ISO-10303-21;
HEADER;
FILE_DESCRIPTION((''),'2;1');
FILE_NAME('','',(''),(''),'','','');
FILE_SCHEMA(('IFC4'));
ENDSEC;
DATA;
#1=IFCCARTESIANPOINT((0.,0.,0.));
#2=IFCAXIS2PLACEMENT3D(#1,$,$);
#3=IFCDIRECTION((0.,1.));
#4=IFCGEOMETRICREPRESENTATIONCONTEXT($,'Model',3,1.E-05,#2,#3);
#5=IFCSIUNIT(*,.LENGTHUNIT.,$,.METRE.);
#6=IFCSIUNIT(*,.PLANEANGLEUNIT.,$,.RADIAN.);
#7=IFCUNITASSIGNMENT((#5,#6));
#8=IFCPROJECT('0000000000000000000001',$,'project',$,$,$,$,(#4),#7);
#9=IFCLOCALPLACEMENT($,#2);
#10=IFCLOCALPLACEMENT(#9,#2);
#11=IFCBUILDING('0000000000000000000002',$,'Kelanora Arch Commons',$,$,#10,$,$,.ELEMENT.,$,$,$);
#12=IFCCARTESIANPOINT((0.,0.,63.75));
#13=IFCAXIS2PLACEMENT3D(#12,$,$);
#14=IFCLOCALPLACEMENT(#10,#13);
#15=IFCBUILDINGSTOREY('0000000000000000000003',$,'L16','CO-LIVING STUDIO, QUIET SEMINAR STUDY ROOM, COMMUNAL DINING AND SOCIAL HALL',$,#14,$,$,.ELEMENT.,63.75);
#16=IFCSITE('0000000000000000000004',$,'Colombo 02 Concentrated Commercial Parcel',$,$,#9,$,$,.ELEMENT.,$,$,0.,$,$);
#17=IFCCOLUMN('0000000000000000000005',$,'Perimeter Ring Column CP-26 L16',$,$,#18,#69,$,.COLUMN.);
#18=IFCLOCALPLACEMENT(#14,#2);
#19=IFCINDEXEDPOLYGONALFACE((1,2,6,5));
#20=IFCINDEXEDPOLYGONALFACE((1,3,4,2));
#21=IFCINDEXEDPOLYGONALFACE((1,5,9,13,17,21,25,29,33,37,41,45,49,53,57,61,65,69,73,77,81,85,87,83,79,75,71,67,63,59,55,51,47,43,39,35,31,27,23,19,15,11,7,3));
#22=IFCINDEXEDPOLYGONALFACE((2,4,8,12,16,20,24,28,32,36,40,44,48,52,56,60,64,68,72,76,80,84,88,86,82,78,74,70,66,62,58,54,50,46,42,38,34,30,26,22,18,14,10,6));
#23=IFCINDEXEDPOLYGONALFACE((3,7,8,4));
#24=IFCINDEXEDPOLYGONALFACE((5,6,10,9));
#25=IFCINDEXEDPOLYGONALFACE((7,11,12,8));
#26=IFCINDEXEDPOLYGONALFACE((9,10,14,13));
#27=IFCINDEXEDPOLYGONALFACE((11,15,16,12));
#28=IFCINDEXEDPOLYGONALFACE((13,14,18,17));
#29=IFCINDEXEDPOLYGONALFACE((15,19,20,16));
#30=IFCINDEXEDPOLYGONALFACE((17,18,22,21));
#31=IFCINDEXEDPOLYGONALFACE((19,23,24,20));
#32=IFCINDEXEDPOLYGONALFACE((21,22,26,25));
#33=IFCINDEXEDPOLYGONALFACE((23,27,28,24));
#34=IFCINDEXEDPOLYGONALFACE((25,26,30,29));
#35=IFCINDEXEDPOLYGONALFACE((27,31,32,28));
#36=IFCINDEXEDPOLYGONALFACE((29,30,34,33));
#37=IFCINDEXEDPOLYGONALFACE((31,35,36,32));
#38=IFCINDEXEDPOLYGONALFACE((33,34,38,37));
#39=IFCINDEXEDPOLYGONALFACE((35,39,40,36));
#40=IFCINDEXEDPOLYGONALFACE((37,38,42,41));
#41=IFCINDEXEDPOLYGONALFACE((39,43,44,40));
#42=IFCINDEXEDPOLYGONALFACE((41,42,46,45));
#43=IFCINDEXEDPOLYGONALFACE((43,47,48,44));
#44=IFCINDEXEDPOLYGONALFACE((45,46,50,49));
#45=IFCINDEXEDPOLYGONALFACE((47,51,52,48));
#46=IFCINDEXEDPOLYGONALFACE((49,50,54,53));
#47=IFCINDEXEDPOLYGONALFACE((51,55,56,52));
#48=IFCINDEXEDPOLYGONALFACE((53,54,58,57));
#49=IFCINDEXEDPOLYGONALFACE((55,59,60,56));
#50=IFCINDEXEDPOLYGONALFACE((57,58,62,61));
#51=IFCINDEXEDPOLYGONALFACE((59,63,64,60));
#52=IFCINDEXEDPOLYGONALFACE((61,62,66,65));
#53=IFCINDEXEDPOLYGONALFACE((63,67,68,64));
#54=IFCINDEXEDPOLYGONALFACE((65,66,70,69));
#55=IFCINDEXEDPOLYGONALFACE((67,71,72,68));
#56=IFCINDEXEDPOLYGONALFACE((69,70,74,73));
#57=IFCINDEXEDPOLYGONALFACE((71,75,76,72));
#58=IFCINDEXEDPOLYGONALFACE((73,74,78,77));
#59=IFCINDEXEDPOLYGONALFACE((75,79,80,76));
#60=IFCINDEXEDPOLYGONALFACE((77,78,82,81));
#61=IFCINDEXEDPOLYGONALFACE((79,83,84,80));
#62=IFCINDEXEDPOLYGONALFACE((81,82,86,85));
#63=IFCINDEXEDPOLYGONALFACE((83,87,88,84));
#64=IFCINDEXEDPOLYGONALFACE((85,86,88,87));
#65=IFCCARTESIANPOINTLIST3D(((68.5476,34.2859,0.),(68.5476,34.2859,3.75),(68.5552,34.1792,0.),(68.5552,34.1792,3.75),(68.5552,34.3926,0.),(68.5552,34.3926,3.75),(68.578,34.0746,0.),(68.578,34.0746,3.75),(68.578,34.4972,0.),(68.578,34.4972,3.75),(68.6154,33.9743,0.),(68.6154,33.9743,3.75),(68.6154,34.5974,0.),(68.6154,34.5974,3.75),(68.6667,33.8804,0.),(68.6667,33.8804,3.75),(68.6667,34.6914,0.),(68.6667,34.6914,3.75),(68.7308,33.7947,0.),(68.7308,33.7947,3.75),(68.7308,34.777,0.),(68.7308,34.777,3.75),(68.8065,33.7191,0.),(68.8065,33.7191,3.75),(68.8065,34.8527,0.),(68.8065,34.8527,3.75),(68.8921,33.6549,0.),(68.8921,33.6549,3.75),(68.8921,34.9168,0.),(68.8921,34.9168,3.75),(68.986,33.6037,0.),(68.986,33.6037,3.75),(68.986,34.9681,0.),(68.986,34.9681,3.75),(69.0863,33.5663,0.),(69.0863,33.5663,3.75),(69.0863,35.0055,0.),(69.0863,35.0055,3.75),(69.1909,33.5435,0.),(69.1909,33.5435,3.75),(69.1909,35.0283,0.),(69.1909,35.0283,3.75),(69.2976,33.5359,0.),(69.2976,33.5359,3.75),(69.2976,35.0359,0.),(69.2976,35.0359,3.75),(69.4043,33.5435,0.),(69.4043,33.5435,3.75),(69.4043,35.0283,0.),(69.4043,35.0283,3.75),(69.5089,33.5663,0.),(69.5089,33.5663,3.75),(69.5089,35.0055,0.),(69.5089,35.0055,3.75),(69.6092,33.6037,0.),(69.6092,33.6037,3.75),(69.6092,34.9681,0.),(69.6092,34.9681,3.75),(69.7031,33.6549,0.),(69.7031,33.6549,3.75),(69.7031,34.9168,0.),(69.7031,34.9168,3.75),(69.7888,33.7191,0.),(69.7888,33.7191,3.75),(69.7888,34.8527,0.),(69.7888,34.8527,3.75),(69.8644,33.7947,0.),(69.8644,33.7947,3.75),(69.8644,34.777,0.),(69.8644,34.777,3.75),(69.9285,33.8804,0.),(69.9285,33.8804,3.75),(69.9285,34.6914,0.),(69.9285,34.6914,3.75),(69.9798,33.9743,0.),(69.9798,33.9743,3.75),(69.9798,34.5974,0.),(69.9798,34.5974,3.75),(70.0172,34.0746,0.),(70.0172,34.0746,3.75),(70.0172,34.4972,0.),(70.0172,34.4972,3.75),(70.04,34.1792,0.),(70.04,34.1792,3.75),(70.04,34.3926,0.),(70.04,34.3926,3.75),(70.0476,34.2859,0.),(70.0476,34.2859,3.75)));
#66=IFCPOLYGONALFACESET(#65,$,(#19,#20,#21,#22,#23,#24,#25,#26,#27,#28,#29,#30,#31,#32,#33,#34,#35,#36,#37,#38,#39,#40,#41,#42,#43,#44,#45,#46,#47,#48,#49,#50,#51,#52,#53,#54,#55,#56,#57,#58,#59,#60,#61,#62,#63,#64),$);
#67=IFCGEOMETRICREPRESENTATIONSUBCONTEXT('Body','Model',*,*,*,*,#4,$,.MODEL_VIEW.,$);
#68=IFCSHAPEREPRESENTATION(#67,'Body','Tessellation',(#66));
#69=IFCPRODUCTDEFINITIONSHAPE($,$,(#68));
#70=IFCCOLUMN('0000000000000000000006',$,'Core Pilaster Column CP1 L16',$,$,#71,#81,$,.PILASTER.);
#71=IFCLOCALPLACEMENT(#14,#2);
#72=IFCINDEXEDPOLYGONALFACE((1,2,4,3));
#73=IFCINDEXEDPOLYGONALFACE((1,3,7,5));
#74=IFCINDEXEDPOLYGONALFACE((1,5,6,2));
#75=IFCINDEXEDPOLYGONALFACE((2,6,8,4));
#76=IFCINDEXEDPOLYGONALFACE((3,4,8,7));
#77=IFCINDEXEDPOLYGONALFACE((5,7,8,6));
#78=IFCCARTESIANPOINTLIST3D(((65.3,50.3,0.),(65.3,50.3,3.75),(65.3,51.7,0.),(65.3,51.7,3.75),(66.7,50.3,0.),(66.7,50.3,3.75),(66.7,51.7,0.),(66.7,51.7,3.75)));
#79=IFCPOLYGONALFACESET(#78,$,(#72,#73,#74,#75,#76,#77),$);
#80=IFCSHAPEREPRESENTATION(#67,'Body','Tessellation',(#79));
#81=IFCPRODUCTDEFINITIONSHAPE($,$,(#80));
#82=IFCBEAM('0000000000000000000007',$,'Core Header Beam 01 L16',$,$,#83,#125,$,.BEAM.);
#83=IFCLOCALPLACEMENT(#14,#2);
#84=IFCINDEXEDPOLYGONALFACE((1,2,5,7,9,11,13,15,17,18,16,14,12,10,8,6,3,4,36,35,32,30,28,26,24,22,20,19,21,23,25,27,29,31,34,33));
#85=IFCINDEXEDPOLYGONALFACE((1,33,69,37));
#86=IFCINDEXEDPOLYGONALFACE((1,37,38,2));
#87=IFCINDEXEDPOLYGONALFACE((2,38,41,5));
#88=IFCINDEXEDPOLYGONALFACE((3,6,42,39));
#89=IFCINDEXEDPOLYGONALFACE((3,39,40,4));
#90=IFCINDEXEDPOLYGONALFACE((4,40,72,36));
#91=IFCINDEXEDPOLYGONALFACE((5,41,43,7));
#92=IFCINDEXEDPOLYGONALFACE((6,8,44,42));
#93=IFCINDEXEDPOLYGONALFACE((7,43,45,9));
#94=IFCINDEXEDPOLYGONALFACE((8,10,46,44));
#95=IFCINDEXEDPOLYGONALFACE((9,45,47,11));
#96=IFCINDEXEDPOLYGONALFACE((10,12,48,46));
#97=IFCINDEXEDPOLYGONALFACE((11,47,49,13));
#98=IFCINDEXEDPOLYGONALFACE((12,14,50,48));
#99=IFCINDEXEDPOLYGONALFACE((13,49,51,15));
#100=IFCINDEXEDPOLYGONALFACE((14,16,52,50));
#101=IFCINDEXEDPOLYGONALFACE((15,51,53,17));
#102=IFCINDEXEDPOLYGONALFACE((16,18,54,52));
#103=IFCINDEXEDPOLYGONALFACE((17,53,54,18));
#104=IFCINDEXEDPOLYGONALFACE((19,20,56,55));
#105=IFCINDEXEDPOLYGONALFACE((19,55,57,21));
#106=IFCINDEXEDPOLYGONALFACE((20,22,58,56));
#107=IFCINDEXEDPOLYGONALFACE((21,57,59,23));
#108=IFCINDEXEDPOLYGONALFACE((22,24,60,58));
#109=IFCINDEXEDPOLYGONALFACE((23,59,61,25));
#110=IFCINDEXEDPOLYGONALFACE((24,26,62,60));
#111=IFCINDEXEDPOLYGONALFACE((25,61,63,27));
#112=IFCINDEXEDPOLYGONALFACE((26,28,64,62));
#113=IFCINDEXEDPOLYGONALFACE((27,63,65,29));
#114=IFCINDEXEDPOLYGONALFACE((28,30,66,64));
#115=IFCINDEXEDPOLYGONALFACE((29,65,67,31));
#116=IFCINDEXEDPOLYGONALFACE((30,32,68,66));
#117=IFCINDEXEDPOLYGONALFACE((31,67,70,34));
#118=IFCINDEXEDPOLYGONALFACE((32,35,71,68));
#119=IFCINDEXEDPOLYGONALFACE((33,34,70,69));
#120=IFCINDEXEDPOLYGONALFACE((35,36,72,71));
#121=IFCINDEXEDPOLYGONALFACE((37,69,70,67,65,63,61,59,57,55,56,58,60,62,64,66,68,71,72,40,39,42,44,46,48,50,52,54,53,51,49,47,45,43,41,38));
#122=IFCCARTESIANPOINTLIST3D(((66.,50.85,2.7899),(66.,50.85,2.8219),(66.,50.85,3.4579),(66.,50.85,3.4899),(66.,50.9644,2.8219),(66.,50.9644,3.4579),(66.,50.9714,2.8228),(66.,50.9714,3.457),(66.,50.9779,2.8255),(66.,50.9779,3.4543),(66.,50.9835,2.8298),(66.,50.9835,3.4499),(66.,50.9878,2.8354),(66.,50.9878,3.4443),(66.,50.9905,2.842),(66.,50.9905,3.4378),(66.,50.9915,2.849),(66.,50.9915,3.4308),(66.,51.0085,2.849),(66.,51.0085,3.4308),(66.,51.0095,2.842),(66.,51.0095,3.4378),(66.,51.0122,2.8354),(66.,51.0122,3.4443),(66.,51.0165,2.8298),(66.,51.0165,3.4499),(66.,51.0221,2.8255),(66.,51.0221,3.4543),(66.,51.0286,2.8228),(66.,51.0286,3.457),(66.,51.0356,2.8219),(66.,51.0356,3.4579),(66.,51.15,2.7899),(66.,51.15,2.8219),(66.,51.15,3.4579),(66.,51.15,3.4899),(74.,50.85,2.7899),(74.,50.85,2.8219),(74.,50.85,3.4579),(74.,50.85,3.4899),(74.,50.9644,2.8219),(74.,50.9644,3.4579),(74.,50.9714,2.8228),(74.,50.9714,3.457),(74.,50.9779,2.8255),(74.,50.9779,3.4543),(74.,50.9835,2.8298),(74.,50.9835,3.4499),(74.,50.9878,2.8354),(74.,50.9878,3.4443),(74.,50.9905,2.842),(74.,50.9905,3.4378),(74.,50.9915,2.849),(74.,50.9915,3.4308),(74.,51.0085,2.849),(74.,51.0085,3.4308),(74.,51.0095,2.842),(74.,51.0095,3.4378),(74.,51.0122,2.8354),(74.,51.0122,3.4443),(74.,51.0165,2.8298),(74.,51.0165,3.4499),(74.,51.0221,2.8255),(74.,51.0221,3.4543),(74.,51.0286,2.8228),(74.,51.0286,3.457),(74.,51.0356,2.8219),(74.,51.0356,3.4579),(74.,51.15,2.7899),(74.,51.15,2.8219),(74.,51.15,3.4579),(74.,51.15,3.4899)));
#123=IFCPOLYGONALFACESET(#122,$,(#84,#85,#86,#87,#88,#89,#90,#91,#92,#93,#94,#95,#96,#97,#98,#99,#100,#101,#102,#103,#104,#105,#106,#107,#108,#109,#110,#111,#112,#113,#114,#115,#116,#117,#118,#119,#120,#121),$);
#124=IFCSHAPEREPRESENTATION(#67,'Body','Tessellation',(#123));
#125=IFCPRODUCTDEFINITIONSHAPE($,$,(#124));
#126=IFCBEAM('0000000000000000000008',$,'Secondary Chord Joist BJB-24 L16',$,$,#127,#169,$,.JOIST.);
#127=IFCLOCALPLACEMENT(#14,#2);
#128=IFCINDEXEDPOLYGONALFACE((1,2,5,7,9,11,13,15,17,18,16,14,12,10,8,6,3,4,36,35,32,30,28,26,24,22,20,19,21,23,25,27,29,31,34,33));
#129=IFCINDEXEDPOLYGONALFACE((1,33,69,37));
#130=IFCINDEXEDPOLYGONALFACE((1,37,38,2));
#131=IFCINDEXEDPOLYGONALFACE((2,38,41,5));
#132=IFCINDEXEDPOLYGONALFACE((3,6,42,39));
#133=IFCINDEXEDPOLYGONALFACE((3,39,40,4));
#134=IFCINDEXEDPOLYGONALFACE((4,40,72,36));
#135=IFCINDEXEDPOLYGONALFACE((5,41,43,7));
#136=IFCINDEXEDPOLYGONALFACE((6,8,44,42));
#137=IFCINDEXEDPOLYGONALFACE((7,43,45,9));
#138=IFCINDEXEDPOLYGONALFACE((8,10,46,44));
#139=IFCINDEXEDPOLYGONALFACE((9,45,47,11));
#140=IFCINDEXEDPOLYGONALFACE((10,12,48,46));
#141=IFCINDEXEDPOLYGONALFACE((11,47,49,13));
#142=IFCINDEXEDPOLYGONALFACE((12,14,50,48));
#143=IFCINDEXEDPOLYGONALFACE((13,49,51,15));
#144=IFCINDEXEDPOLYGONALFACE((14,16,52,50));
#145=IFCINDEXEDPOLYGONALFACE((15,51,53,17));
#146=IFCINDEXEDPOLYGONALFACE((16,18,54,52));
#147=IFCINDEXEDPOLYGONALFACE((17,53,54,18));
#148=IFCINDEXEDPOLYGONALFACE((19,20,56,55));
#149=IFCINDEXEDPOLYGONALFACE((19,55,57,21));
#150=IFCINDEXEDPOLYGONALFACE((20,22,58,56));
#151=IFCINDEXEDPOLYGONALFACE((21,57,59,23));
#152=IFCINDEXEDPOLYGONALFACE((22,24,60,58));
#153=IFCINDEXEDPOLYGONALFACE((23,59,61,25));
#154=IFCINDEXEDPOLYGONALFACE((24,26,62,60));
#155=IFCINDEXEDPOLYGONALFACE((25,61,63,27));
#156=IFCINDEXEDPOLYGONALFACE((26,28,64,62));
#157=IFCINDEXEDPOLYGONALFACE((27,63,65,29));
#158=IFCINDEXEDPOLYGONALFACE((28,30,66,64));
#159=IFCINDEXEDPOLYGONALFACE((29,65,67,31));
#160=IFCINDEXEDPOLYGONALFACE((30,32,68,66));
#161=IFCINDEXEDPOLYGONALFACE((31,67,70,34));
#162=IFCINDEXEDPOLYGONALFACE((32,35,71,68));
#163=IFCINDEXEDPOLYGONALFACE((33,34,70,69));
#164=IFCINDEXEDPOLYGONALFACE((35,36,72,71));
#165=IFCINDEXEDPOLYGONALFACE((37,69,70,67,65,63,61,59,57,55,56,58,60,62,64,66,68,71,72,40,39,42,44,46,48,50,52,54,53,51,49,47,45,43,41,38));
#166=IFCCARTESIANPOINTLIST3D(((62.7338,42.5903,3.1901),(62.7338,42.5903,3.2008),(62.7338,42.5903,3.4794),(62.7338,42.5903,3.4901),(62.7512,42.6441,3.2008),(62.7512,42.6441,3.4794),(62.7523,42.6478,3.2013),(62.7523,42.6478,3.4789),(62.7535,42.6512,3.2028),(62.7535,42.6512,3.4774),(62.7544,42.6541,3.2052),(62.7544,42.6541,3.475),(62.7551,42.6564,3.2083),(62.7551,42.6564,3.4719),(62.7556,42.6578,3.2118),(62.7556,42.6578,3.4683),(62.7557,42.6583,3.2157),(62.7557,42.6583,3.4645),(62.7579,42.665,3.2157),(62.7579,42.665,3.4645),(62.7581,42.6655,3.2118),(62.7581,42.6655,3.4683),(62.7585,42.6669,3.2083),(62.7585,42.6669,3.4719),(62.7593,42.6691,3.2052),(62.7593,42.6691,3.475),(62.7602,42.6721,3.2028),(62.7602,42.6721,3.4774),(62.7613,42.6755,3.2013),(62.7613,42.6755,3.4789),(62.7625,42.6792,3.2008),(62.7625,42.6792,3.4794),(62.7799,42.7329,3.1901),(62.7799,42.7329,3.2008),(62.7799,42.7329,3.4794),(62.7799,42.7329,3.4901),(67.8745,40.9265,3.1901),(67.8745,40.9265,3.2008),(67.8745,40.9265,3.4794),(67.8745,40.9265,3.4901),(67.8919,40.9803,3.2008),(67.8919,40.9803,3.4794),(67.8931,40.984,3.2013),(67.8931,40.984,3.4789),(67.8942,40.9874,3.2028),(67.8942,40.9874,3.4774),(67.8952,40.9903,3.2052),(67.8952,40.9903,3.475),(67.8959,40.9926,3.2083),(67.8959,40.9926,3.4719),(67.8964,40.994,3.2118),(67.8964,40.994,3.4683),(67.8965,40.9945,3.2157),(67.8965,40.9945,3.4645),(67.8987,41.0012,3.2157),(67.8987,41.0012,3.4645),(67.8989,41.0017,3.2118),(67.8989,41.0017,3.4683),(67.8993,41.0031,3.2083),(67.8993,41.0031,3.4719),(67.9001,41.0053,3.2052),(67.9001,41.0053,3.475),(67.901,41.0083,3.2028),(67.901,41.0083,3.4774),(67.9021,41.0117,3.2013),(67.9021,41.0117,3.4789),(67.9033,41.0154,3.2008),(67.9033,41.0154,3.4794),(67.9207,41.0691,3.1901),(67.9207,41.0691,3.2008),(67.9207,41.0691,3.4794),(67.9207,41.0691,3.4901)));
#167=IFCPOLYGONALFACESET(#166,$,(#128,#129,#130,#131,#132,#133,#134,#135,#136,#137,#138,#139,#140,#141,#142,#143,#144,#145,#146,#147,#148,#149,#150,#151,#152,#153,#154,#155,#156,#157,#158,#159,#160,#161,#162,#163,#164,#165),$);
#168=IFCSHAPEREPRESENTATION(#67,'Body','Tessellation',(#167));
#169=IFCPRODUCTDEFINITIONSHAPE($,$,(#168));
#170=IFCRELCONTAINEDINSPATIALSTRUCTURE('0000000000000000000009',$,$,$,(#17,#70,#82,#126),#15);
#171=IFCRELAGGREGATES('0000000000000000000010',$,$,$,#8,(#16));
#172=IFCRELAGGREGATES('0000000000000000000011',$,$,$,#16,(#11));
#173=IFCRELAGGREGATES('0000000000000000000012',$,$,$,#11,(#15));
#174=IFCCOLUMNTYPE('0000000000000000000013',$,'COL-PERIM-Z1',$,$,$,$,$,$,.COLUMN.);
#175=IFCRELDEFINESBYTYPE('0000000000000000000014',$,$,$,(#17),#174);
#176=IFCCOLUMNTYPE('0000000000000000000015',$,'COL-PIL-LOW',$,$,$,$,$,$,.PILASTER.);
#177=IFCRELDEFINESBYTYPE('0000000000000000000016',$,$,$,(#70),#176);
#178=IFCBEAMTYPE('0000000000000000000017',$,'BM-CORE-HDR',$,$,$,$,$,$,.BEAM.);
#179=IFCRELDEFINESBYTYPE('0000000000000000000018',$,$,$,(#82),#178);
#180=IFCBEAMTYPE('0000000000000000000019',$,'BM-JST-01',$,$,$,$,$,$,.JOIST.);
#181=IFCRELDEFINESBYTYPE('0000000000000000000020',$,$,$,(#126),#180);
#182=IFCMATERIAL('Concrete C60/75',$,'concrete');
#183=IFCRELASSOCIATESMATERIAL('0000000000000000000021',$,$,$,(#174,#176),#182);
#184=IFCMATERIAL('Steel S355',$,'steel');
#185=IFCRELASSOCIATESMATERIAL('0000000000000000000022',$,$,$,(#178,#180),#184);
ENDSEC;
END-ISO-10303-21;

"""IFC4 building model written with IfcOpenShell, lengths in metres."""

from ifc_helpers import new_model, si_unit, direction, frame, origin, origin_2d, place, context, subcontext, project, spatial, rectangle, circle, i_section, extrude, material, material_profile, profile_set, type_object, element, save


model = new_model("IFC4")

# Units and contexts
model_context = context("Model", 3, precision=1e-05, world=origin(), true_north=direction((0.0, 1.0)))
body_context = subcontext(model_context, "Body", "Model", "MODEL_VIEW")
ifc_project = project(units=[si_unit("LENGTHUNIT", "METRE"), si_unit("PLANEANGLEUNIT", "RADIAN")], contexts=[model_context])

# Site, building, storey
site_placement = place(None, origin())
site = spatial("IfcSite", under=ifc_project, at=site_placement, Name="Colombo 02 Concentrated Commercial Parcel", CompositionType="ELEMENT", RefElevation=0.0)
building_placement = place(site_placement, origin())
building = spatial("IfcBuilding", under=site, at=building_placement, Name="Kelanora Arch Commons", CompositionType="ELEMENT")
storey_placement = place(building_placement, frame((0.0, 0.0, 63.75)))
storey = spatial("IfcBuildingStorey", under=building, at=storey_placement, Name="L16", Description="CO-LIVING STUDIO, QUIET SEMINAR STUDY ROOM, COMMUNAL DINING AND SOCIAL HALL", CompositionType="ELEMENT", Elevation=63.75)

# Columns
ifc_material_1 = material(Name="Concrete C60/75", Category="concrete")
ifc_material_profile_1 = material_profile(ifc_material_1, circle(Radius=0.75, at=origin_2d()), Name="RCC1500")
ifc_profile_set_1 = profile_set([ifc_material_profile_1], Name="Concrete C60/75")
column_type_1 = type_object("IfcColumnType", Name="COL-PERIM-Z1", PredefinedType="COLUMN", material=ifc_profile_set_1)
column_1_placement = place(storey_placement, frame((69.2976, 34.2859, 0.0), z_axis=(0.0, 0.0, 1.0), x_axis=(1.0, 0.0, 0.0)))
element("IfcColumn", 1, at=column_1_placement, inside=storey, type_object=column_type_1, Name="Perimeter Ring Column CP-26 L16", PredefinedType="COLUMN", context=body_context, shape_type="SweptSolid", body=[
    extrude(circle(Radius=0.75, at=origin_2d()), origin(), (0.0, 0.0, 1.0), 3.75),
])
ifc_material_profile_2 = material_profile(ifc_material_1, rectangle(XDim=1.3999, YDim=1.3999, at=origin_2d()), Name="RC1400x1400")
ifc_profile_set_2 = profile_set([ifc_material_profile_2], Name="Concrete C60/75")
column_type_2 = type_object("IfcColumnType", Name="COL-PIL-LOW", PredefinedType="PILASTER", material=ifc_profile_set_2)
column_2_placement = place(storey_placement, frame((66.0, 51.0, 0.0), z_axis=(0.0, 0.0, 1.0), x_axis=(1.0, 0.0, 0.0)))
element("IfcColumn", 2, at=column_2_placement, inside=storey, type_object=column_type_2, Name="Core Pilaster Column CP1 L16", PredefinedType="PILASTER", context=body_context, shape_type="SweptSolid", body=[
    extrude(rectangle(XDim=1.3999, YDim=1.3999, at=origin_2d()), origin(), (0.0, 0.0, 1.0), 3.75),
])

# Beams
ifc_material_2 = material(Name="Steel S355", Category="steel")
ifc_material_profile_3 = material_profile(ifc_material_2, i_section(OverallWidth=0.3, OverallDepth=0.7, WebThickness=0.0171, FlangeThickness=0.032, FilletRadius=0.0271, at=origin_2d()), Name="HEB700")
ifc_profile_set_3 = profile_set([ifc_material_profile_3], Name="Steel S355")
beam_type_1 = type_object("IfcBeamType", Name="BM-CORE-HDR", PredefinedType="BEAM", material=ifc_profile_set_3)
beam_1_placement = place(storey_placement, frame((66.0, 51.0, 3.1399), z_axis=(1.0, 0.0, 0.0), x_axis=(0.0, 1.0, 0.0)))
element("IfcBeam", 3, at=beam_1_placement, inside=storey, type_object=beam_type_1, Name="Core Header Beam 01 L16", PredefinedType="BEAM", context=body_context, shape_type="SweptSolid", body=[
    extrude(i_section(OverallWidth=0.3, OverallDepth=0.7, WebThickness=0.0171, FlangeThickness=0.032, FilletRadius=0.0271, at=origin_2d()), origin(), (0.0, 0.0, 1.0), 8.0),
])
ifc_material_profile_4 = material_profile(ifc_material_2, i_section(OverallWidth=0.1499, OverallDepth=0.3, WebThickness=0.0071, FlangeThickness=0.0107, FilletRadius=0.0149, at=origin_2d()), Name="IPE300")
ifc_profile_set_4 = profile_set([ifc_material_profile_4], Name="Steel S355")
beam_type_2 = type_object("IfcBeamType", Name="BM-JST-01", PredefinedType="JOIST", material=ifc_profile_set_4)
beam_2_placement = place(storey_placement, frame((62.7568, 42.6616, 3.3401), z_axis=(0.951412, -0.30792, 0.0), x_axis=(0.30792, 0.951412, 0.0)))
element("IfcBeam", 4, at=beam_2_placement, inside=storey, type_object=beam_type_2, Name="Secondary Chord Joist BJB-24 L16", PredefinedType="JOIST", context=body_context, shape_type="SweptSolid", body=[
    extrude(i_section(OverallWidth=0.1499, OverallDepth=0.3, WebThickness=0.0071, FlangeThickness=0.0107, FilletRadius=0.0149, at=origin_2d()), origin(), (0.0, 0.0, 1.0), 5.4033),
])

save(model, "model.ifc")
